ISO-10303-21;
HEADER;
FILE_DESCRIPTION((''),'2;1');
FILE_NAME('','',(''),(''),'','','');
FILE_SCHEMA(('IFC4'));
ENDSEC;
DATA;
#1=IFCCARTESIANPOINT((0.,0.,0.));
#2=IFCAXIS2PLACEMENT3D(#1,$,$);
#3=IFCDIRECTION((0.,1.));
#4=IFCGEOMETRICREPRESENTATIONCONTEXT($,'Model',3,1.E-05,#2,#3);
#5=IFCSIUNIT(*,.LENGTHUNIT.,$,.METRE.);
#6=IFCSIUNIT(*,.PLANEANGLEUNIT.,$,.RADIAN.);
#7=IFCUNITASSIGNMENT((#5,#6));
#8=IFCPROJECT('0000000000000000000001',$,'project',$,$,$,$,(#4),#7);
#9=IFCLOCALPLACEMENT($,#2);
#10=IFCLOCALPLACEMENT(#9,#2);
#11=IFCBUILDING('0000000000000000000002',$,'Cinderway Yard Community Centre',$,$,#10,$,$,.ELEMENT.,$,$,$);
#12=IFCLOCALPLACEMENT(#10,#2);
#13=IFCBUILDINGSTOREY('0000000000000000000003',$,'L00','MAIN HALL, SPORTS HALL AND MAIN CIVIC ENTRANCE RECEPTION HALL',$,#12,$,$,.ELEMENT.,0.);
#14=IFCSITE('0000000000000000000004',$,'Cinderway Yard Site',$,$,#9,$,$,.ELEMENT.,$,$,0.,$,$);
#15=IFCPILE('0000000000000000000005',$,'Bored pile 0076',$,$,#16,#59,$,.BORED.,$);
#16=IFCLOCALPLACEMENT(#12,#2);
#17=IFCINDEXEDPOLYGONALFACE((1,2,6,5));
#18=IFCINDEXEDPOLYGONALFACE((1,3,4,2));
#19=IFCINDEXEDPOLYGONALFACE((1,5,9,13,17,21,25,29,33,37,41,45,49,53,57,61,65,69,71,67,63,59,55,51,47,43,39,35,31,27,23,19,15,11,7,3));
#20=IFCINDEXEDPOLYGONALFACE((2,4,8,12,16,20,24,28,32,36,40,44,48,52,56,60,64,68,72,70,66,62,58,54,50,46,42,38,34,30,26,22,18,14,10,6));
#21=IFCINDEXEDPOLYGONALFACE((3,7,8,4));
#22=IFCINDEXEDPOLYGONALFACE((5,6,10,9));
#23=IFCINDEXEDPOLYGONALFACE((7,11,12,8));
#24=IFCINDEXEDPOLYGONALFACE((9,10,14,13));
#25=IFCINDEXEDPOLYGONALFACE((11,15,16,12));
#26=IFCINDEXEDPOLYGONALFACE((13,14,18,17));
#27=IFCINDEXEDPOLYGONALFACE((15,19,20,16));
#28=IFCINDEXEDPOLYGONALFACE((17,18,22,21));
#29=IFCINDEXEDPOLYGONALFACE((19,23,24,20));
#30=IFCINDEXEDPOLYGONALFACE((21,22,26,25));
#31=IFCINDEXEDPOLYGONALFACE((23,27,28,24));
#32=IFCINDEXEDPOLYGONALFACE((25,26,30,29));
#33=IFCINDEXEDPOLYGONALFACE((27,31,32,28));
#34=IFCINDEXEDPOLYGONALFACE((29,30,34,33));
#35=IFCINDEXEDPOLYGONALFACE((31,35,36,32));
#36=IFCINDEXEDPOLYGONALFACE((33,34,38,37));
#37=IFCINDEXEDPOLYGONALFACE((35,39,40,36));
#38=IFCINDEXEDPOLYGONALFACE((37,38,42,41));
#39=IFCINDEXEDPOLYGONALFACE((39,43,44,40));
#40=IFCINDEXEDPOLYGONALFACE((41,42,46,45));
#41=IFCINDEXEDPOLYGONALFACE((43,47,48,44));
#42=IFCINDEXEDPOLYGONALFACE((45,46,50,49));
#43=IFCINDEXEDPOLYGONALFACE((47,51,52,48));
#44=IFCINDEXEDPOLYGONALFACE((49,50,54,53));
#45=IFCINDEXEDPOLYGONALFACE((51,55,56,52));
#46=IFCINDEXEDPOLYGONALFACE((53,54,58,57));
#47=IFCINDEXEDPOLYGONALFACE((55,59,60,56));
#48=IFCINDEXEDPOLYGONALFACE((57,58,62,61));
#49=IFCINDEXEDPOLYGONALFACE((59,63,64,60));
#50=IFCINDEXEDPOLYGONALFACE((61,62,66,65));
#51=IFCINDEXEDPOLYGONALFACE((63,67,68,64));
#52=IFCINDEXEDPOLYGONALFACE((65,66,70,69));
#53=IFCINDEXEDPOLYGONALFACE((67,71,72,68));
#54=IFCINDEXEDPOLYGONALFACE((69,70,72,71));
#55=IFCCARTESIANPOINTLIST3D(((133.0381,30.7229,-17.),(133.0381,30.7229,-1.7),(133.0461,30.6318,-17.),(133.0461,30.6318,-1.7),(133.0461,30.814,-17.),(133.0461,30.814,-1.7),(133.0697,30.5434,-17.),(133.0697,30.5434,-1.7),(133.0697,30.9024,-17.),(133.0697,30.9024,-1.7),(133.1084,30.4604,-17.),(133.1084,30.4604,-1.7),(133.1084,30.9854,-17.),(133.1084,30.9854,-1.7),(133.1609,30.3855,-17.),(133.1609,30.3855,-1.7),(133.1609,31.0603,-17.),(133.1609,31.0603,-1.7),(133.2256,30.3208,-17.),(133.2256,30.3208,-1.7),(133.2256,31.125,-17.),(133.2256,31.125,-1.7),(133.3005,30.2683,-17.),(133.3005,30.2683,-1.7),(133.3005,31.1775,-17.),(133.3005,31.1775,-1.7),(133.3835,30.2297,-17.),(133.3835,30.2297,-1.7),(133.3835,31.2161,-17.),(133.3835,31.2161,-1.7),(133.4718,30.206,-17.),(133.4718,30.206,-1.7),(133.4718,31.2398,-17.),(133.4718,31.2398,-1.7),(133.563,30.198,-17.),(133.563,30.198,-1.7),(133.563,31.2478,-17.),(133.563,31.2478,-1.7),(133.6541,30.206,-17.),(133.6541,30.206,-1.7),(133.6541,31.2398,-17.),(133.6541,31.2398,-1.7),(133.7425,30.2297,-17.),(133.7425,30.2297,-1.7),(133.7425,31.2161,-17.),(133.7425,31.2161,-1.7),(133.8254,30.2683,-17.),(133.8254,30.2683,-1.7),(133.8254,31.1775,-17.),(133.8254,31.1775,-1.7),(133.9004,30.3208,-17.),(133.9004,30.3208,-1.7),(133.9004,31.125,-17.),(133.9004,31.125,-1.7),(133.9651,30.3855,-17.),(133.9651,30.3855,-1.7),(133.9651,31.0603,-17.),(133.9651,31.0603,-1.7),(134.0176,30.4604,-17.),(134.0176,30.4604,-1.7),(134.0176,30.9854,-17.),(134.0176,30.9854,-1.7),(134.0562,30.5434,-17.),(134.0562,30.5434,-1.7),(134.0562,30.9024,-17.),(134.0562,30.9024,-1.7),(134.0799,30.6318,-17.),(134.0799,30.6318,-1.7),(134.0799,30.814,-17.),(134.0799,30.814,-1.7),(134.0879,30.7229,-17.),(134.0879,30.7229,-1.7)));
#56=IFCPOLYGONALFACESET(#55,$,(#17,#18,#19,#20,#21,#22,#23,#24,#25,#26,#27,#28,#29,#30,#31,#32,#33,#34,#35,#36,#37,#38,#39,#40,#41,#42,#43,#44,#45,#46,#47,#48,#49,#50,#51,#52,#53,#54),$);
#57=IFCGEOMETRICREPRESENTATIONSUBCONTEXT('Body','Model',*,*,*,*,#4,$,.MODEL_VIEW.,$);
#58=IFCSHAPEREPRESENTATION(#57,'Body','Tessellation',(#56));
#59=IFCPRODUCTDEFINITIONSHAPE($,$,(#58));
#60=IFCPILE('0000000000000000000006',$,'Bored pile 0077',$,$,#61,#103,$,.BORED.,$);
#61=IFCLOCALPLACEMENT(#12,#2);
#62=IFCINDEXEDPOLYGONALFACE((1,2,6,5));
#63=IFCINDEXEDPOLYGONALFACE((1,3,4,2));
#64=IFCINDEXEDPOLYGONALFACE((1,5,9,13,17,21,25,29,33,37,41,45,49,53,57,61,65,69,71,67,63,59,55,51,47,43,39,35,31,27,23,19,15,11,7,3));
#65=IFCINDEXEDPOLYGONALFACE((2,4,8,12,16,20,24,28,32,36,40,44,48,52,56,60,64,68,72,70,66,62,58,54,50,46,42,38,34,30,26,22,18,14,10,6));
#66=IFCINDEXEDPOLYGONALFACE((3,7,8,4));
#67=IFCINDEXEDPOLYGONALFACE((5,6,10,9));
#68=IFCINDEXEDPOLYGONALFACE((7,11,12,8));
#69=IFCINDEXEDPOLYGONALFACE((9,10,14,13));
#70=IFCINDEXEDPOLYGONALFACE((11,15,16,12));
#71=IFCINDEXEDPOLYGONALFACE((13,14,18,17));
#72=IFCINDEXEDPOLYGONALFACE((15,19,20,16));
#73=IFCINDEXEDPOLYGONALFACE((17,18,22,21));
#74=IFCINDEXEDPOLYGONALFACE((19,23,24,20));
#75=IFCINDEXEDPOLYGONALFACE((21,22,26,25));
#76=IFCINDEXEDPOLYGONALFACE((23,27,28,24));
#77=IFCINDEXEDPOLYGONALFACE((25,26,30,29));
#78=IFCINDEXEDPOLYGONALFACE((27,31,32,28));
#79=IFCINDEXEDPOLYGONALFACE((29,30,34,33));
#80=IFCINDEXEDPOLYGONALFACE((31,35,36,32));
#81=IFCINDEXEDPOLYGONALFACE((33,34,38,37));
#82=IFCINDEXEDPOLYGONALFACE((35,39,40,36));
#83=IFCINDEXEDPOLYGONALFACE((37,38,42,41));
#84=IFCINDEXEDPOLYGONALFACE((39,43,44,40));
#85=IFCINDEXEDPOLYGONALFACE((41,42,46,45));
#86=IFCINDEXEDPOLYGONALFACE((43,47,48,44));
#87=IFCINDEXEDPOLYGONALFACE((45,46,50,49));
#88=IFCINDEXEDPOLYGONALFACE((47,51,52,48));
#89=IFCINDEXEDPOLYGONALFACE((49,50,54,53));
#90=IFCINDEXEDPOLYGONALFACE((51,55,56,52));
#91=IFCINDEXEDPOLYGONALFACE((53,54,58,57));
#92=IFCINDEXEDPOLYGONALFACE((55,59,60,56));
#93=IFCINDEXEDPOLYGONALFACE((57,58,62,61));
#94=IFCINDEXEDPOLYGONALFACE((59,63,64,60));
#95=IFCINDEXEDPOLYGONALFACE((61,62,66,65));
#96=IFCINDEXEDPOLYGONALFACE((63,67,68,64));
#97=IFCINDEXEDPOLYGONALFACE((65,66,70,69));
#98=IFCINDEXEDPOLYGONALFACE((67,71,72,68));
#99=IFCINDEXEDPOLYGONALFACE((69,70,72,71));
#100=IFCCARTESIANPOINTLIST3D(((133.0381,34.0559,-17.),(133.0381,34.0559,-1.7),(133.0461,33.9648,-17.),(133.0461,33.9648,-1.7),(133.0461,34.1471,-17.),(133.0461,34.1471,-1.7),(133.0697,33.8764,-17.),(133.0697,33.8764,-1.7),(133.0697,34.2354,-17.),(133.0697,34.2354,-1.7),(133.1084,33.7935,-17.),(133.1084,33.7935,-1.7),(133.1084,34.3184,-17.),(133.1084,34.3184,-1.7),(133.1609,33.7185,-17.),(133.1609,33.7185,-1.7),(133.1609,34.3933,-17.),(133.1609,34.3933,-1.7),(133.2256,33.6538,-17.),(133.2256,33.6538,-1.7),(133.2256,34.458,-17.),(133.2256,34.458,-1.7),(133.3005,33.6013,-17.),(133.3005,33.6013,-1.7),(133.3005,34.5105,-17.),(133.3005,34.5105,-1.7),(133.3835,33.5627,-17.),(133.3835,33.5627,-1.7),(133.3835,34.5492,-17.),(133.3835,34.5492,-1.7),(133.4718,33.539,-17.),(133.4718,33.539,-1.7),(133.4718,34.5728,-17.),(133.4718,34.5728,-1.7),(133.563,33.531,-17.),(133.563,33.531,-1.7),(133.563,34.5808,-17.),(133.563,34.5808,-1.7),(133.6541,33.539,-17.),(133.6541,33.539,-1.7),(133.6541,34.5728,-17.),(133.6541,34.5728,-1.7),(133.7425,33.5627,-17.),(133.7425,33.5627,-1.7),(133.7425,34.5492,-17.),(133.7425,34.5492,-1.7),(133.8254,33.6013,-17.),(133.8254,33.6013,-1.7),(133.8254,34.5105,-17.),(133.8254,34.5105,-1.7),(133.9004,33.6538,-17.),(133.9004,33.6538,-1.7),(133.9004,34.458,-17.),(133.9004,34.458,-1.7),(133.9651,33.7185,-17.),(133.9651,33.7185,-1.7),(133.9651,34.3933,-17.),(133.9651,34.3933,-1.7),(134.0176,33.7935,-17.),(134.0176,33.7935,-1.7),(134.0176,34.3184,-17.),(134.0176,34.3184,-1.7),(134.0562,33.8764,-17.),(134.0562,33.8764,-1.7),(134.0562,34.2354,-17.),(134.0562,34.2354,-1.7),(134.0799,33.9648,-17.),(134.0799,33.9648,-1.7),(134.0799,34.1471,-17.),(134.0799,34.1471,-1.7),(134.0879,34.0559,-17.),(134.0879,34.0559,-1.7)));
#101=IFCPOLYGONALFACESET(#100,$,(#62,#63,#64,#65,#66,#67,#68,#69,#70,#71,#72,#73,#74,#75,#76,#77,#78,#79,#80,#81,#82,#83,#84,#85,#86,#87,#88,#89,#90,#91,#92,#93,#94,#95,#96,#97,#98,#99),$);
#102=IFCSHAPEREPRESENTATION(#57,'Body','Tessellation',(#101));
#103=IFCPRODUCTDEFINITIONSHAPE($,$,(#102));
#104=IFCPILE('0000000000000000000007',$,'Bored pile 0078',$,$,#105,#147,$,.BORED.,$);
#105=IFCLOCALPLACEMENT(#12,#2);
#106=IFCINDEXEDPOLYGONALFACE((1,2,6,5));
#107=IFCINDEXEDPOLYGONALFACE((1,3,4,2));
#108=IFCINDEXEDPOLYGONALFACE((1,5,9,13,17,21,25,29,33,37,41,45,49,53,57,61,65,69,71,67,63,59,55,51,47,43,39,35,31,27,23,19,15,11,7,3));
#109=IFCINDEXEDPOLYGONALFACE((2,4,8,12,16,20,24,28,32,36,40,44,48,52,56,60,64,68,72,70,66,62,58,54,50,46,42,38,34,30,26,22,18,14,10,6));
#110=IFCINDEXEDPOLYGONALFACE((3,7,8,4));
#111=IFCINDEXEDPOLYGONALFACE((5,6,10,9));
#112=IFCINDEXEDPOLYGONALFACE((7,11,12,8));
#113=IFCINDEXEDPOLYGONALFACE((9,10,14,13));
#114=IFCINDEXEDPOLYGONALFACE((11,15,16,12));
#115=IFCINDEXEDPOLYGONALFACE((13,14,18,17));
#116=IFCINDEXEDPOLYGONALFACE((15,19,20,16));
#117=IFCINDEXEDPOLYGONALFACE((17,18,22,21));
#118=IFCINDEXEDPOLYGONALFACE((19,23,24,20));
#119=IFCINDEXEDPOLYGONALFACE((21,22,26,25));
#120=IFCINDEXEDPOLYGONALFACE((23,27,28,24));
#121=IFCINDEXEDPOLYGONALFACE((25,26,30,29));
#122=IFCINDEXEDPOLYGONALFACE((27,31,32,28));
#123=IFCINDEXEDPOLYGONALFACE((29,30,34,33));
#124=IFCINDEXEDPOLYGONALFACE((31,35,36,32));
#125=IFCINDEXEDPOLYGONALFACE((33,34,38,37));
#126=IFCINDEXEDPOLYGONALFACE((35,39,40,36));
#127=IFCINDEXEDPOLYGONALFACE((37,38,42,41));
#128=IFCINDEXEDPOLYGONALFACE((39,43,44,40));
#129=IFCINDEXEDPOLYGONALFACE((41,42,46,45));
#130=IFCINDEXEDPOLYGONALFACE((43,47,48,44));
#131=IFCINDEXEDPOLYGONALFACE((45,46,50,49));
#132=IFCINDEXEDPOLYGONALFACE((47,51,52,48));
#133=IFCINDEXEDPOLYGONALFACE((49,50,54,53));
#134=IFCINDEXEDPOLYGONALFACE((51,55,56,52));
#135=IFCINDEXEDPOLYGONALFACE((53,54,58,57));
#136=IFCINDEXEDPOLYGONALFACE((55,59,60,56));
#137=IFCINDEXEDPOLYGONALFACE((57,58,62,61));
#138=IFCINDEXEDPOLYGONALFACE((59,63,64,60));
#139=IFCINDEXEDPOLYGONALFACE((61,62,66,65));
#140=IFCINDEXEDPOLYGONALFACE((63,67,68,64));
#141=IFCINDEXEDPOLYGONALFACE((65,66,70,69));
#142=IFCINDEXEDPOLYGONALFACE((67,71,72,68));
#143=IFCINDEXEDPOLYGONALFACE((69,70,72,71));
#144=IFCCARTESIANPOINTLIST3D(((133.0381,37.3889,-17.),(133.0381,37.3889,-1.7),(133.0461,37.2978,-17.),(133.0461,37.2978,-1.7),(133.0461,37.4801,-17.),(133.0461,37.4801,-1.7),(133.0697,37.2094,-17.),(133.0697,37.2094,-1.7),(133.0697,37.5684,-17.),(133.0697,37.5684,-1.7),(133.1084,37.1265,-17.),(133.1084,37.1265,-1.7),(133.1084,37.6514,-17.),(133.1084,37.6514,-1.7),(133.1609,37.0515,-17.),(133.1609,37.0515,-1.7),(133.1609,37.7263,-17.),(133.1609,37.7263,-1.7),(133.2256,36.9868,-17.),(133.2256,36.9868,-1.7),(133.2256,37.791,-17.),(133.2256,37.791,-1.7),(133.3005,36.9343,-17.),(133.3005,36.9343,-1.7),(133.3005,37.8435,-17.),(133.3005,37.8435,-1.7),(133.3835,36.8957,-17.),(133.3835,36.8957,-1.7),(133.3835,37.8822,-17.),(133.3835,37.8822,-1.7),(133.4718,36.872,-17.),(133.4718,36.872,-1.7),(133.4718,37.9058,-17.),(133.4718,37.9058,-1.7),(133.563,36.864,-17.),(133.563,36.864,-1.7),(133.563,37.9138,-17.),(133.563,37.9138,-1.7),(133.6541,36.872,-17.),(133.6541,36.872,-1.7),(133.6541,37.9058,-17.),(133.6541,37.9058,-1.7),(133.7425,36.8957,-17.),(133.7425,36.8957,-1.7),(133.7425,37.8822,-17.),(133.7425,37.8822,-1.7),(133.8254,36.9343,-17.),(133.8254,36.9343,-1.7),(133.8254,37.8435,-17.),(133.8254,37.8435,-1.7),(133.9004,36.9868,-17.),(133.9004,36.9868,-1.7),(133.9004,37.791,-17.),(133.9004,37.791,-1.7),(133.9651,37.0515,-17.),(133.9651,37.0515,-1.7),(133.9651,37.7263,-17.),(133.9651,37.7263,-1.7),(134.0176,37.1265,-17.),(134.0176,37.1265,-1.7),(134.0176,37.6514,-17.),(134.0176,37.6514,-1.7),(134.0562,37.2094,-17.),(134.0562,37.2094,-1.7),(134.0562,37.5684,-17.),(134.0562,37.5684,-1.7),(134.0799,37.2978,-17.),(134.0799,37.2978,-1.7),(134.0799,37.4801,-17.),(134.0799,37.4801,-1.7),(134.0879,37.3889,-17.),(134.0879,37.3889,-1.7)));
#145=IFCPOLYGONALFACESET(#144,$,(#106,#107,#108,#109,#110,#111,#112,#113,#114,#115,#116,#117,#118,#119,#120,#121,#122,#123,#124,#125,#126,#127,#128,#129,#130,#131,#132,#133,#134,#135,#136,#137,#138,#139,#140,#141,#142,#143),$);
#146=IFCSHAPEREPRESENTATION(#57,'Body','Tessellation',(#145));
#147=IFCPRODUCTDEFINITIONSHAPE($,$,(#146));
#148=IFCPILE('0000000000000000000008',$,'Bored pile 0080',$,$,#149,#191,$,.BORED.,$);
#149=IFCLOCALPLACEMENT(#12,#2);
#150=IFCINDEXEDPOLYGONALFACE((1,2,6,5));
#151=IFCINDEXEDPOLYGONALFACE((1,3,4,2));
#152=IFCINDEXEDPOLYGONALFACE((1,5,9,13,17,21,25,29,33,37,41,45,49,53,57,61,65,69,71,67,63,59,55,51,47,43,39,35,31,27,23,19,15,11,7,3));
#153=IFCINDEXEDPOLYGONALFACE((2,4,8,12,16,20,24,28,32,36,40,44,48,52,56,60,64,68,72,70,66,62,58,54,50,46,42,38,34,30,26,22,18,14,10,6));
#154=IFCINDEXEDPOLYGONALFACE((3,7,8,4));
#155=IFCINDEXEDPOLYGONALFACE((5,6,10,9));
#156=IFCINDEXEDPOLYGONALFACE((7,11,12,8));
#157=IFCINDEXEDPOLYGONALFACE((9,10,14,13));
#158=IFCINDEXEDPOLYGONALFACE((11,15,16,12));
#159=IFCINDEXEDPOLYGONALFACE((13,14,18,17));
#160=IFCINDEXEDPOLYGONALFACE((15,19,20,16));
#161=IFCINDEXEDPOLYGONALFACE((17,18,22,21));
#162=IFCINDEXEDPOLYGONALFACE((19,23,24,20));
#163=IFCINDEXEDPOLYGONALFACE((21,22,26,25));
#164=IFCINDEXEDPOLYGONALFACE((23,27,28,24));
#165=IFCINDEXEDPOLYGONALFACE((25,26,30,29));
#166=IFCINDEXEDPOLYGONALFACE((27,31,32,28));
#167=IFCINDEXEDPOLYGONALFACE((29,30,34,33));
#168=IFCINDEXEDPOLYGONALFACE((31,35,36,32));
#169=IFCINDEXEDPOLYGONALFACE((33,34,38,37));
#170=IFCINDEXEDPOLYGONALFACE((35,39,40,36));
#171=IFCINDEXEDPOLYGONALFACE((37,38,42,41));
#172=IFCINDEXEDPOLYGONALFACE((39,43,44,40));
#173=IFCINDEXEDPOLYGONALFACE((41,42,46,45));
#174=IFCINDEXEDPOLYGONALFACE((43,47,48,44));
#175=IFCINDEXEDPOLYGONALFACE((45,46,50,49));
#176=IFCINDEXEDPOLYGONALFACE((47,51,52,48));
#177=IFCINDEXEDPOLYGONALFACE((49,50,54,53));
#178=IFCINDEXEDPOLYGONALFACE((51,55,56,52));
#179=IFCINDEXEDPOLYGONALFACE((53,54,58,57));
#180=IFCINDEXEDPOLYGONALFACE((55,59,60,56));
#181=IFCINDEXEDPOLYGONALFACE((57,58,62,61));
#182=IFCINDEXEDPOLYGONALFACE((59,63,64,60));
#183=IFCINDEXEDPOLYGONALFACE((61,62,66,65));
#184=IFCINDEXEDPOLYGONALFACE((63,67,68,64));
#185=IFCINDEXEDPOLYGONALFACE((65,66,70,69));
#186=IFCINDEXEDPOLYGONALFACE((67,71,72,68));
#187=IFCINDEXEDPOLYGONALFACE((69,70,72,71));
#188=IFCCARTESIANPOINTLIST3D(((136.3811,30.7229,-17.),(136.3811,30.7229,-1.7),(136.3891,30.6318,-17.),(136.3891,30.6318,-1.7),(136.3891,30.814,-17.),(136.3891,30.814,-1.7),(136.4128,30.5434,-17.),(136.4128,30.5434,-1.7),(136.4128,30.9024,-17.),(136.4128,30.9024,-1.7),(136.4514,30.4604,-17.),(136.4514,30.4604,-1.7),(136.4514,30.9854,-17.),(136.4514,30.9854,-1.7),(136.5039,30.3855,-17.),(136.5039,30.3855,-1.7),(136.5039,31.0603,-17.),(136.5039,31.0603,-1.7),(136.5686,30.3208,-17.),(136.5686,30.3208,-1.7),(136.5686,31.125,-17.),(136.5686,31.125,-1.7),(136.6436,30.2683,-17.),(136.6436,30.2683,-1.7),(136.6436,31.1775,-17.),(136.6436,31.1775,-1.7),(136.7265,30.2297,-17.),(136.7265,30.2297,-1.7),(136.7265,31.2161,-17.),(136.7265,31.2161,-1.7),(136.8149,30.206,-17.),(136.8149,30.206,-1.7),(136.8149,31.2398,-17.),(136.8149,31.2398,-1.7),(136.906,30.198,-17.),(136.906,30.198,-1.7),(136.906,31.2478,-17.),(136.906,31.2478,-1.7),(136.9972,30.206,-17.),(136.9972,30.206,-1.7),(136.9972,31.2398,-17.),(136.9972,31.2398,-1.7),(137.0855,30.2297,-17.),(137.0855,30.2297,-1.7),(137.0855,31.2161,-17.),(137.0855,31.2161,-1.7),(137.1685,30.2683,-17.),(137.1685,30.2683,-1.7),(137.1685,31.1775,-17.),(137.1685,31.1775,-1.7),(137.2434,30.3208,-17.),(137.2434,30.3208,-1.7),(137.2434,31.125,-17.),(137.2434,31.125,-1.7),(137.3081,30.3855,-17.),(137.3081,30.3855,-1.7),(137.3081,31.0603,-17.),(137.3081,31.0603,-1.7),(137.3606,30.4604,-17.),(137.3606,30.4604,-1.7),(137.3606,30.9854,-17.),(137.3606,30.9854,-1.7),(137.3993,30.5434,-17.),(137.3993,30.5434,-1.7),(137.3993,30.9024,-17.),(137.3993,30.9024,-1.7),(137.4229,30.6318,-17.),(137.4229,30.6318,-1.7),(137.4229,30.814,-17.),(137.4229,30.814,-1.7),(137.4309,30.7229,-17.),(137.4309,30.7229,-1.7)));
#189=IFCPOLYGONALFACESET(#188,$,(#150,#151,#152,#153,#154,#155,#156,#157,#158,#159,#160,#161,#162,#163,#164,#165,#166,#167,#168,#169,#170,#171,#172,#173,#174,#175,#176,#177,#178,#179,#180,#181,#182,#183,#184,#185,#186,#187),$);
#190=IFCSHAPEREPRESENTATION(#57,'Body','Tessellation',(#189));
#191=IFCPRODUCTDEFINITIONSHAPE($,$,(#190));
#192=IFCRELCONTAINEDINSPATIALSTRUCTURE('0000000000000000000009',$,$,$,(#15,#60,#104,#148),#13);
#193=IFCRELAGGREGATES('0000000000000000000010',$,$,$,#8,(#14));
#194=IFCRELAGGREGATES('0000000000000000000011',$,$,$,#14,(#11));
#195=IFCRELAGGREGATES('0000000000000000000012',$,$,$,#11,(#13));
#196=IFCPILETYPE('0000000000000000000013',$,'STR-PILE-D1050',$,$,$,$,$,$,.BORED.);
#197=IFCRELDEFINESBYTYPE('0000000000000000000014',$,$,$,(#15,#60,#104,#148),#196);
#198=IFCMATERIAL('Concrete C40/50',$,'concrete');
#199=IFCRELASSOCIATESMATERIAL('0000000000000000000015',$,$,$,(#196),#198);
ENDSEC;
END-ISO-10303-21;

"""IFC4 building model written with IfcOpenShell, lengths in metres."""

from ifc_helpers import new_model, si_unit, direction, frame, origin, origin_2d, place, context, subcontext, project, spatial, circle, extrude, material, material_profile, profile_set, type_object, element, save


model = new_model("IFC4")

# Units and contexts
model_context = context("Model", 3, precision=1e-05, world=origin(), true_north=direction((0.0, 1.0)))
body_context = subcontext(model_context, "Body", "Model", "MODEL_VIEW")
ifc_project = project(units=[si_unit("LENGTHUNIT", "METRE"), si_unit("PLANEANGLEUNIT", "RADIAN")], contexts=[model_context])

# Site, building, storey
site_placement = place(None, origin())
site = spatial("IfcSite", under=ifc_project, at=site_placement, Name="Cinderway Yard Site", CompositionType="ELEMENT", RefElevation=0.0)
building_placement = place(site_placement, origin())
building = spatial("IfcBuilding", under=site, at=building_placement, Name="Cinderway Yard Community Centre", CompositionType="ELEMENT")
storey_placement = place(building_placement, origin())
storey = spatial("IfcBuildingStorey", under=building, at=storey_placement, Name="L00", Description="MAIN HALL, SPORTS HALL AND MAIN CIVIC ENTRANCE RECEPTION HALL", CompositionType="ELEMENT", Elevation=0.0)

# Piles
ifc_material_1 = material(Name="Concrete C40/50", Category="concrete")
ifc_material_profile_1 = material_profile(ifc_material_1, circle(Radius=0.5249, at=origin_2d()), Name="Concrete C40/50")
ifc_profile_set_1 = profile_set([ifc_material_profile_1], Name="Concrete C40/50")
pile_type = type_object("IfcPileType", Name="STR-PILE-D1050", PredefinedType="BORED", material=ifc_profile_set_1)
for number, where, z_axis, x_axis, name in (
    (1, (133.563, 30.7229, -1.7), (0.0, 0.0, -1.0), (1.0, 0.0, 0.0), "Bored pile 0076"),
    (2, (133.563, 34.0559, -1.7), (0.0, 0.0, -1.0), (1.0, 0.0, 0.0), "Bored pile 0077"),
    (3, (133.563, 37.3889, -1.7), (0.0, 0.0, -1.0), (1.0, 0.0, 0.0), "Bored pile 0078"),
    (4, (136.906, 30.7229, -1.7), (0.0, 0.0, -1.0), (1.0, 0.0, 0.0), "Bored pile 0080"),
):
    element("IfcPile", number, at=place(storey_placement, frame(where, z_axis=z_axis, x_axis=x_axis)), inside=storey, type_object=pile_type, Name=name, PredefinedType="BORED", context=body_context, shape_type="SweptSolid", body=[
        extrude(circle(Radius=0.5249, at=origin_2d()), origin(), (0.0, 0.0, 1.0), 15.3),
    ])

save(model, "model.ifc")
